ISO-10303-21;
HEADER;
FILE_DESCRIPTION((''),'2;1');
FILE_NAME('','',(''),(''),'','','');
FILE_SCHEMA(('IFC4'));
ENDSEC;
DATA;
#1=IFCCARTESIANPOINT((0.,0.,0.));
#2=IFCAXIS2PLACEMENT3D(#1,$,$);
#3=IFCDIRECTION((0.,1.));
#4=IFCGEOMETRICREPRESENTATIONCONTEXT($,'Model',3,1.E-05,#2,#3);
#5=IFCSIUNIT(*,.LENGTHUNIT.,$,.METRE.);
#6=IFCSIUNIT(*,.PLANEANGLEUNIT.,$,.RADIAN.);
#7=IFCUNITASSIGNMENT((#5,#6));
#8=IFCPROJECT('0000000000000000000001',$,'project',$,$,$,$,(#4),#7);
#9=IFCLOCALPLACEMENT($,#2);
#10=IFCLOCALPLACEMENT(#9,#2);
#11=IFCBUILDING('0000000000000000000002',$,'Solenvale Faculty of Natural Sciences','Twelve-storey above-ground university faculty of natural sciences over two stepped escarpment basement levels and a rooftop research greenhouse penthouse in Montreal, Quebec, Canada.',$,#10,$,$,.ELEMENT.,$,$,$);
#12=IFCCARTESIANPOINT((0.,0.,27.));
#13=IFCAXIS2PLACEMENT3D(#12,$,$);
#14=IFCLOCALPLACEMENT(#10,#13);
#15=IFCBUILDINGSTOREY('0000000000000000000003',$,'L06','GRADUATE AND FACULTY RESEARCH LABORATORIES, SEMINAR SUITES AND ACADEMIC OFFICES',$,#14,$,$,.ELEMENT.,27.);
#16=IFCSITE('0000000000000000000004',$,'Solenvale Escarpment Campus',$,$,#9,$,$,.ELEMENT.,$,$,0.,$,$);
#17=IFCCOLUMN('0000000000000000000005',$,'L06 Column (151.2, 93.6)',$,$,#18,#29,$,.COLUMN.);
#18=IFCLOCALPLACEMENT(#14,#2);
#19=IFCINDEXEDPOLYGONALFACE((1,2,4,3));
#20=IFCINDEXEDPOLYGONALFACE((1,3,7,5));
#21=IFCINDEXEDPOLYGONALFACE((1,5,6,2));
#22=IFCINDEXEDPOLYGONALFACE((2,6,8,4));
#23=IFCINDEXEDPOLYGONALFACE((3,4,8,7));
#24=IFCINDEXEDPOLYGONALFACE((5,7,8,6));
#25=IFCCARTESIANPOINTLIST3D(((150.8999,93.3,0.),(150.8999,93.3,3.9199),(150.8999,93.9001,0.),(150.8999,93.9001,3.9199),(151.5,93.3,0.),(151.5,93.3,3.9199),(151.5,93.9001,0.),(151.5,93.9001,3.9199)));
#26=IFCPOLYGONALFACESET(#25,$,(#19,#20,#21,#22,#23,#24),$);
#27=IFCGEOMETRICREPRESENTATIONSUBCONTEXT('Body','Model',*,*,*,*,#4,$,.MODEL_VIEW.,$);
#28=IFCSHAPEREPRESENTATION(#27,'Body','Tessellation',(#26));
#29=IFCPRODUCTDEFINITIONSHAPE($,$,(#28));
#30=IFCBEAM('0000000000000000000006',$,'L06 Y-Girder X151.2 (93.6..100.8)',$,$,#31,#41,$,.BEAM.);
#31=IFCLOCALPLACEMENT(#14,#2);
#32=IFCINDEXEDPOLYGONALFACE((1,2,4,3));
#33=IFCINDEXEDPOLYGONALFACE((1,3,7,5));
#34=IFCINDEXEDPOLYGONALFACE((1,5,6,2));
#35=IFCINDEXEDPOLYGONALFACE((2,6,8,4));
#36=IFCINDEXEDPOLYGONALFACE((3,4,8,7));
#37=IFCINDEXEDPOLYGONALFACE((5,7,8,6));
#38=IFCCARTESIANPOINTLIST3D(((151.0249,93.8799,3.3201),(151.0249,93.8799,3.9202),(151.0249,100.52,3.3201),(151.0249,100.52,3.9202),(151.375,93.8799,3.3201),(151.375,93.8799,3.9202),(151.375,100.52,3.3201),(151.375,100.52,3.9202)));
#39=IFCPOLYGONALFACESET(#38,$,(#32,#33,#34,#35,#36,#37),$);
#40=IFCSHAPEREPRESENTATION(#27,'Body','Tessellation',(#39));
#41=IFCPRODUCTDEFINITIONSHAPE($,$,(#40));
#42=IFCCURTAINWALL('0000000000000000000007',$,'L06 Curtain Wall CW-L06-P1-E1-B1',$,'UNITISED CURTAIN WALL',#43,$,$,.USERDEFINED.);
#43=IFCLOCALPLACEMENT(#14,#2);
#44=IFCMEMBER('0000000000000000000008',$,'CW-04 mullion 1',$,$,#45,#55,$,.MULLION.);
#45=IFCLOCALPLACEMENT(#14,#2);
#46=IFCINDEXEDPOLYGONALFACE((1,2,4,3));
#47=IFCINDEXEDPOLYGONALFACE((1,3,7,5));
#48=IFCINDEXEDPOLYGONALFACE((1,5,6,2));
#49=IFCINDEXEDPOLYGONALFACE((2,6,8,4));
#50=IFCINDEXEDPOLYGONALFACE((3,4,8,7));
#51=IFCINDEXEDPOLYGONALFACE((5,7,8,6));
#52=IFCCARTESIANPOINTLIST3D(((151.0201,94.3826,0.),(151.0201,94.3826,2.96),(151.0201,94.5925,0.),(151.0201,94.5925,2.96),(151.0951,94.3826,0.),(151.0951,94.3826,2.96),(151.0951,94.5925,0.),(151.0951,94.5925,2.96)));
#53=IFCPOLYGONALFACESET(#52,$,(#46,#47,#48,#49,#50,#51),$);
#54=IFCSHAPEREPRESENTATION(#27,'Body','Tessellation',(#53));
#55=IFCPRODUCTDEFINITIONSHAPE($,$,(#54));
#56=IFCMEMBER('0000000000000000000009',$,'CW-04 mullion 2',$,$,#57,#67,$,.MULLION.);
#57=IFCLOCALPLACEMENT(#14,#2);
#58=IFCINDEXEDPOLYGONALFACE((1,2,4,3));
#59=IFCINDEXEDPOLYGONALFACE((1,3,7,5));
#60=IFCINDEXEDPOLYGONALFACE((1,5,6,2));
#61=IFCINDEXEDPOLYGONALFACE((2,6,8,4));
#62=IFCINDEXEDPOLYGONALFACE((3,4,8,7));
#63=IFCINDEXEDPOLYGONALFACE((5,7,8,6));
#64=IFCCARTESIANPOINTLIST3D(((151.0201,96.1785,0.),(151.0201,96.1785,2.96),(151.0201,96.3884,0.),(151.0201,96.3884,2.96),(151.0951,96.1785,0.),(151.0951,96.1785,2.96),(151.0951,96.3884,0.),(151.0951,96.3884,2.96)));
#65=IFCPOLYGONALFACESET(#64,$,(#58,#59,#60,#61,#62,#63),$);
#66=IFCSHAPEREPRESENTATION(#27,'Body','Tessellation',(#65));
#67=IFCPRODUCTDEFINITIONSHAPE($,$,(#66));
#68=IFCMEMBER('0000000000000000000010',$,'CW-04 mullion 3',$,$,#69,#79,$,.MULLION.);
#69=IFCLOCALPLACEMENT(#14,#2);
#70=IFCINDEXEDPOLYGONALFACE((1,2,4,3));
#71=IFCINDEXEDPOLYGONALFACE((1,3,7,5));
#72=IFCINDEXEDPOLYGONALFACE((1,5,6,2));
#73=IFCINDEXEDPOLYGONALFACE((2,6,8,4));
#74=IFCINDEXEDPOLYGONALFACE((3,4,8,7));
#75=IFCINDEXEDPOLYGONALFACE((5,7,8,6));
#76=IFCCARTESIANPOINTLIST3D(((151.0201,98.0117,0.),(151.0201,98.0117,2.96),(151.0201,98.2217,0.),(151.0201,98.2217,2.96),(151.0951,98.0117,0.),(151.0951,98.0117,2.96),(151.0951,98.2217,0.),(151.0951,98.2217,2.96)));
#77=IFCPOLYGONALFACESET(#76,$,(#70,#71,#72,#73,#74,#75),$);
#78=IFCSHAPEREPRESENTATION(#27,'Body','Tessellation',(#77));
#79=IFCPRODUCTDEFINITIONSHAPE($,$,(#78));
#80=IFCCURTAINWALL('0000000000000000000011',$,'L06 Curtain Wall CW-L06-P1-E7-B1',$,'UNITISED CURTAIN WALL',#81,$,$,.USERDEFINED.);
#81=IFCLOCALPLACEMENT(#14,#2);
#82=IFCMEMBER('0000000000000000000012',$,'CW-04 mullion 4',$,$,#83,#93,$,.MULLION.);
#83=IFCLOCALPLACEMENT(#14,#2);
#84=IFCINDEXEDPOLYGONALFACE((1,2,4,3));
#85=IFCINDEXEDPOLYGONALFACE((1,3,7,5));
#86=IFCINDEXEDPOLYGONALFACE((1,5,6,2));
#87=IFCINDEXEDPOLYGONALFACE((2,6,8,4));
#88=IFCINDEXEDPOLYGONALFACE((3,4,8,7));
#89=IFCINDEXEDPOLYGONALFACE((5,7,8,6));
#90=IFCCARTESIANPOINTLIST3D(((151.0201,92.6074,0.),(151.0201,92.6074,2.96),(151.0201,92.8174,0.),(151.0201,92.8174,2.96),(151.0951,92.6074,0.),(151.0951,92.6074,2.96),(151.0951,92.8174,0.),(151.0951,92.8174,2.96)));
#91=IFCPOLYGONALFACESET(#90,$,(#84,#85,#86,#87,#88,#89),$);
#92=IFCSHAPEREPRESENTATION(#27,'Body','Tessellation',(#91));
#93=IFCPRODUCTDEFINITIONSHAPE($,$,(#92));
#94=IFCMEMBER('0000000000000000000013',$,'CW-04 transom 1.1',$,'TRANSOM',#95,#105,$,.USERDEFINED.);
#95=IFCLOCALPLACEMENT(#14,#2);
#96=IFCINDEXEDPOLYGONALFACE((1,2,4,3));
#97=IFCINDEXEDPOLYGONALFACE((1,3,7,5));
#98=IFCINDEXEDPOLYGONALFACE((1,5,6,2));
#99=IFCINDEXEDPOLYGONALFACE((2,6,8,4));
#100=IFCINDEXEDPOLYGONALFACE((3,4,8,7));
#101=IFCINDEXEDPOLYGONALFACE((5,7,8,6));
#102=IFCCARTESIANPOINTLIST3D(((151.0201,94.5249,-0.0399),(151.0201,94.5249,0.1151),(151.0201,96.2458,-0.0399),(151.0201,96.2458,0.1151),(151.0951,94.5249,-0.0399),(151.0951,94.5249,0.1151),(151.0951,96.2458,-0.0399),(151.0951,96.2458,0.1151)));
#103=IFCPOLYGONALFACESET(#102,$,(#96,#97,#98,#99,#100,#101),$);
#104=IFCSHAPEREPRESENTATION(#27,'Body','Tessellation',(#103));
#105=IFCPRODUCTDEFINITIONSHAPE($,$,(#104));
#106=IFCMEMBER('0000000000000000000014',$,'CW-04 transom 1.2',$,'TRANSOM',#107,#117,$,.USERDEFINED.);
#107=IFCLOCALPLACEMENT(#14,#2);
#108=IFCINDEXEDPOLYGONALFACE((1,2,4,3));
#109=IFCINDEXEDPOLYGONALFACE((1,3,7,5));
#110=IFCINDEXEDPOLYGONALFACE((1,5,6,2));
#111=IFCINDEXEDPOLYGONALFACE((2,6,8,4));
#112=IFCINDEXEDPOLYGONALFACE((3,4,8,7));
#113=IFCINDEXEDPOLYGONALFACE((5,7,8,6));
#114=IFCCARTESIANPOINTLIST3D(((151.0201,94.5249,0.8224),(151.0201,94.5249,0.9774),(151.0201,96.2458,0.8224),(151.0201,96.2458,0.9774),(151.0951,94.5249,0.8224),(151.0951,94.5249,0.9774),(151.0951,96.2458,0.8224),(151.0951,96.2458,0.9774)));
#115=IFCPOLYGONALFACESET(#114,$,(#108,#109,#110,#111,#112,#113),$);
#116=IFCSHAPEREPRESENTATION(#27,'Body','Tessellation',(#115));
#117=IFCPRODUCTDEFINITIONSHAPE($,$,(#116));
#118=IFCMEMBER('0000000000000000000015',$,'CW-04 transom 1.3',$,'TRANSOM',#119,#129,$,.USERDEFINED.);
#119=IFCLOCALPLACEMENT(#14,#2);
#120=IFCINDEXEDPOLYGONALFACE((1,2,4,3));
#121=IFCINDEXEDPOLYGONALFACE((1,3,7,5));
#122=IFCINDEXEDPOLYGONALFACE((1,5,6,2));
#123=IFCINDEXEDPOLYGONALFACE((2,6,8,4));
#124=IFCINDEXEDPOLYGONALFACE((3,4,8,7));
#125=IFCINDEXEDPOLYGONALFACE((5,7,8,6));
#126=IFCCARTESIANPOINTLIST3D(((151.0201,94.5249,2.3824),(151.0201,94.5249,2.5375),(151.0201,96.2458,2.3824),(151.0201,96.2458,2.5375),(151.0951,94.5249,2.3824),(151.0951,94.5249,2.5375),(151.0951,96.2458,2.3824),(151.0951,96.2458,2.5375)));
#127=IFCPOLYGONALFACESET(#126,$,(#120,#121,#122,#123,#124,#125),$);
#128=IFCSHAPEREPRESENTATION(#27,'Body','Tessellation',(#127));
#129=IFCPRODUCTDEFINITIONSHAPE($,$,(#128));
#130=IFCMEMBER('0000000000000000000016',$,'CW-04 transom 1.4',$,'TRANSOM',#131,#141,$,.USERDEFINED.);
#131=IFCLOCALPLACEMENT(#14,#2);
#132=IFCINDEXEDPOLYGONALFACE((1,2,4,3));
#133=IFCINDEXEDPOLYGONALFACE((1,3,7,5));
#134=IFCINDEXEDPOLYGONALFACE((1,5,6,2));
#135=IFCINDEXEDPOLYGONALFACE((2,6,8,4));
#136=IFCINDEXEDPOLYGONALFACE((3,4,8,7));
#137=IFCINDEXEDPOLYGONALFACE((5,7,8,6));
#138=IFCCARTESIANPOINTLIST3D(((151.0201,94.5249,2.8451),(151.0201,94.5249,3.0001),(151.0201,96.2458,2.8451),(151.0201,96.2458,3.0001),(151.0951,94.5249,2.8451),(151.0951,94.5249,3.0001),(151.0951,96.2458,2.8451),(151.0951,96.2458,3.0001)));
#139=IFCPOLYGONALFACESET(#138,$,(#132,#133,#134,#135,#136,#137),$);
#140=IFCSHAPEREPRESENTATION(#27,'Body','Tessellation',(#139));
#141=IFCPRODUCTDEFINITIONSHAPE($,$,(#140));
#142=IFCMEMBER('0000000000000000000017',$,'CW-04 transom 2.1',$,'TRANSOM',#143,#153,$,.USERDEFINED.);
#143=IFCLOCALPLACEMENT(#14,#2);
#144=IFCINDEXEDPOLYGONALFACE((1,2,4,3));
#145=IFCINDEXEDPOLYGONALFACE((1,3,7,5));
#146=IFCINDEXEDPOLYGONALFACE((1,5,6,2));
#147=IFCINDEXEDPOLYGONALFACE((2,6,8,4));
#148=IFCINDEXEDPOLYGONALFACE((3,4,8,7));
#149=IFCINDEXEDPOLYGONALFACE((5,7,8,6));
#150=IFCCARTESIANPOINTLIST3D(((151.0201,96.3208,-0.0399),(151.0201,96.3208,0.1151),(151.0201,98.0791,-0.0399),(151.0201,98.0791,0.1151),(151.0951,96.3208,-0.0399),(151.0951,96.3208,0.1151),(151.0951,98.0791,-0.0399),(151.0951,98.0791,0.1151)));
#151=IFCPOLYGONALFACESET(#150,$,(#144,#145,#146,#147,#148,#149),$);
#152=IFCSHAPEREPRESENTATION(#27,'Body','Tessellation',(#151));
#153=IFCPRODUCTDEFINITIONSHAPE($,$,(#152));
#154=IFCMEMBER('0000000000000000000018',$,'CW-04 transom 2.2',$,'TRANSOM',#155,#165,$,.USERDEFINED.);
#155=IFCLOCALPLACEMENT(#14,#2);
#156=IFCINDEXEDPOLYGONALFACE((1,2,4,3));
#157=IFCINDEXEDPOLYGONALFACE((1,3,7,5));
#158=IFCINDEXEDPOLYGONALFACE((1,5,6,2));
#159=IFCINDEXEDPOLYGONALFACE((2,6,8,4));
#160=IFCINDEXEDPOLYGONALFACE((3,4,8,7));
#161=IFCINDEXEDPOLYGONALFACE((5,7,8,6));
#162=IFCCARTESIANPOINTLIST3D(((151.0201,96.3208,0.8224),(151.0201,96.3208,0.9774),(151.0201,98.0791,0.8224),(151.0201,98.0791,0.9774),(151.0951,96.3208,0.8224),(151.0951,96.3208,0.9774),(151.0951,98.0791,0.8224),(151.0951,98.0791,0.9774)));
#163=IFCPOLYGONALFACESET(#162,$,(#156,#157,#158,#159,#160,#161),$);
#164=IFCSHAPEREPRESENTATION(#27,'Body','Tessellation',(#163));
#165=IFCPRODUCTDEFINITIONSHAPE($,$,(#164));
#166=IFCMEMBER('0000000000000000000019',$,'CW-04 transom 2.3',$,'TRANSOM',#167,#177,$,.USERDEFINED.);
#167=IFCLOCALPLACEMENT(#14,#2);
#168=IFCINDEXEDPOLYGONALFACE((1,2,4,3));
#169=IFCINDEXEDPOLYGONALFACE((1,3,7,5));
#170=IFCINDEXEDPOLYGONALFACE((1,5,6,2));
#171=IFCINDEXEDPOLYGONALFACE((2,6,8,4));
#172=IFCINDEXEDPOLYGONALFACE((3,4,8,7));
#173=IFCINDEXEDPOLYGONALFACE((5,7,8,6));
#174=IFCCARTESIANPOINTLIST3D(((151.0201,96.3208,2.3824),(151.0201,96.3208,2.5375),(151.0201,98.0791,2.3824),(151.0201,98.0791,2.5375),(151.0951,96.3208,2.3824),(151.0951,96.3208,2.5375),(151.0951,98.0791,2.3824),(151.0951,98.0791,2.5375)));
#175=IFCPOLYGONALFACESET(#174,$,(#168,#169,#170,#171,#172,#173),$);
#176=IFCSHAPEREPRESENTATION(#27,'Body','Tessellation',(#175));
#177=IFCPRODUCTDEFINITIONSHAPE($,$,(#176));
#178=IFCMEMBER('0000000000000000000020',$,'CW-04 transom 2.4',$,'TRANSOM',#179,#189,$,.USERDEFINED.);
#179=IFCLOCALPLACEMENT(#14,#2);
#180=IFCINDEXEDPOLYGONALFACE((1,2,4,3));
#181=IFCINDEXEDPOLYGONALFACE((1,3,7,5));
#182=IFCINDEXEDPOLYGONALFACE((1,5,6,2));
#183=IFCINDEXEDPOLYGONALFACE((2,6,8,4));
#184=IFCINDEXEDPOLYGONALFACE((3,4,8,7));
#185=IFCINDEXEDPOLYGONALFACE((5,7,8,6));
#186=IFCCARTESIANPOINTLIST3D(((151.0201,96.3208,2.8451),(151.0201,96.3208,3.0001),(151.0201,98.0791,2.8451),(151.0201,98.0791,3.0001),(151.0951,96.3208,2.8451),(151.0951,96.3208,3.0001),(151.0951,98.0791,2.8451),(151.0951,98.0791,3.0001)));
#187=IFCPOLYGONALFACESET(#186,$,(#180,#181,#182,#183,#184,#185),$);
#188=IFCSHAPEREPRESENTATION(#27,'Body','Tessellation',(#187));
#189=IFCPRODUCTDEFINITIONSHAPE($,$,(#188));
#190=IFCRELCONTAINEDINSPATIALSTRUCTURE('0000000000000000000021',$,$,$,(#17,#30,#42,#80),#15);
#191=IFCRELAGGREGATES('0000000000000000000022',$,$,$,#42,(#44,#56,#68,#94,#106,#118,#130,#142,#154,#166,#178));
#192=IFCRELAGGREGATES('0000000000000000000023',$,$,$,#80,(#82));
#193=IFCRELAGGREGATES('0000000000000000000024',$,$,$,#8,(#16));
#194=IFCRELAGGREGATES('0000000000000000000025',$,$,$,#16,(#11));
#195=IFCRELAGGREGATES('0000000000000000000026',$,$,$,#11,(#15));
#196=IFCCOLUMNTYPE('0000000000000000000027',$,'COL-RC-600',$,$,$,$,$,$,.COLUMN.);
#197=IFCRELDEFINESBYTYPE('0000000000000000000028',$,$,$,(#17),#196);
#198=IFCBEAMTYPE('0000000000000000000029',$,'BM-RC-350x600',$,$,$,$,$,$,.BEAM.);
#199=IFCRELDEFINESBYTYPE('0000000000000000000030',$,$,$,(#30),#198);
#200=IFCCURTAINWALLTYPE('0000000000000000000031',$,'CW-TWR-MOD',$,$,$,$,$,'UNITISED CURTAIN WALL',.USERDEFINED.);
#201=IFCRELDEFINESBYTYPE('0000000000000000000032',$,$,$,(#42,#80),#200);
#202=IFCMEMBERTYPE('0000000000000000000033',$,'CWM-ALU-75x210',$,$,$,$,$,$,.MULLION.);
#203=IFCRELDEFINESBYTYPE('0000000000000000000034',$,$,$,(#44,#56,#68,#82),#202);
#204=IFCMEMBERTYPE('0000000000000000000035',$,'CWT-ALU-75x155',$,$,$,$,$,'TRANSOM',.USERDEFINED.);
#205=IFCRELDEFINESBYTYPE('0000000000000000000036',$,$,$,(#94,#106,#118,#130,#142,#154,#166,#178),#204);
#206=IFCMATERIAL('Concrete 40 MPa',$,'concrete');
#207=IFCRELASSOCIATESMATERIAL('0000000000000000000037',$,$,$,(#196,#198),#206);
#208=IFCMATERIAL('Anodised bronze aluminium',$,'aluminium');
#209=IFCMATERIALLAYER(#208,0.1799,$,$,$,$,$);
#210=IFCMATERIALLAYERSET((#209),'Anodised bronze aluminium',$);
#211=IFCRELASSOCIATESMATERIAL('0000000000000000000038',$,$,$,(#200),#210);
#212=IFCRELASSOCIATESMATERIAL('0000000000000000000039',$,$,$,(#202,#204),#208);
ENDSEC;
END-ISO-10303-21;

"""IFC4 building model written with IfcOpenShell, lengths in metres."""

from ifc_helpers import new_model, si_unit, direction, frame, origin, origin_2d, place, context, subcontext, project, spatial, rectangle, extrude, material, layer, layer_set, material_profile, profile_set, type_object, element, aggregate, save


model = new_model("IFC4")

# Units and contexts
model_context = context("Model", 3, precision=1e-05, world=origin(), true_north=direction((0.0, 1.0)))
body_context = subcontext(model_context, "Body", "Model", "MODEL_VIEW")
ifc_project = project(units=[si_unit("LENGTHUNIT", "METRE"), si_unit("PLANEANGLEUNIT", "RADIAN")], contexts=[model_context])

# Site, building, storey
site_placement = place(None, origin())
site = spatial("IfcSite", under=ifc_project, at=site_placement, Name="Solenvale Escarpment Campus", CompositionType="ELEMENT", RefElevation=0.0)
building_placement = place(site_placement, origin())
building = spatial("IfcBuilding", under=site, at=building_placement, Name="Solenvale Faculty of Natural Sciences", Description="Twelve-storey above-ground university faculty of natural sciences over two stepped escarpment basement levels and a rooftop research greenhouse penthouse in Montreal, Quebec, Canada.", CompositionType="ELEMENT")
storey_placement = place(building_placement, frame((0.0, 0.0, 27.0)))
storey = spatial("IfcBuildingStorey", under=building, at=storey_placement, Name="L06", Description="GRADUATE AND FACULTY RESEARCH LABORATORIES, SEMINAR SUITES AND ACADEMIC OFFICES", CompositionType="ELEMENT", Elevation=27.0)

# Column
ifc_material_1 = material(Name="Concrete 40 MPa", Category="concrete")
ifc_material_profile_1 = material_profile(ifc_material_1, rectangle(XDim=0.6001, YDim=0.6001, at=origin_2d()), Name="RC-COL-600x600")
ifc_profile_set_1 = profile_set([ifc_material_profile_1], Name="Concrete 40 MPa")
column_type = type_object("IfcColumnType", Name="COL-RC-600", PredefinedType="COLUMN", material=ifc_profile_set_1)
column_placement = place(storey_placement, frame((151.2, 93.6001, 0.0), z_axis=(0.0, 0.0, 1.0), x_axis=(1.0, 0.0, 0.0)))
element("IfcColumn", 1, at=column_placement, inside=storey, type_object=column_type, Name="L06 Column (151.2, 93.6)", PredefinedType="COLUMN", context=body_context, shape_type="SweptSolid", body=[
    extrude(rectangle(XDim=0.6001, YDim=0.6001, at=origin_2d()), origin(), (0.0, 0.0, 1.0), 3.9199),
])

# Beam
ifc_material_profile_2 = material_profile(ifc_material_1, rectangle(XDim=0.3501, YDim=0.6001, at=origin_2d()), Name="RC-BM-350x600")
ifc_profile_set_2 = profile_set([ifc_material_profile_2], Name="Concrete 40 MPa")
beam_type = type_object("IfcBeamType", Name="BM-RC-350x600", PredefinedType="BEAM", material=ifc_profile_set_2)
beam_placement = place(storey_placement, frame((151.2, 93.8799, 3.6201), z_axis=(0.0, 1.0, 0.0), x_axis=(-1.0, 0.0, 0.0)))
element("IfcBeam", 2, at=beam_placement, inside=storey, type_object=beam_type, Name="L06 Y-Girder X151.2 (93.6..100.8)", PredefinedType="BEAM", context=body_context, shape_type="SweptSolid", body=[
    extrude(rectangle(XDim=0.3501, YDim=0.6001, at=origin_2d()), origin(), (0.0, 0.0, 1.0), 6.6401),
])

# Curtain wall, members
ifc_material_2 = material(Name="Anodised bronze aluminium", Category="aluminium")
ifc_layer_1 = layer(ifc_material_2, 0.1799)
ifc_layer_set_1 = layer_set([ifc_layer_1], Name="Anodised bronze aluminium")
curtain_wall_type = type_object("IfcCurtainWallType", Name="CW-TWR-MOD", ElementType="UNITISED CURTAIN WALL", PredefinedType="USERDEFINED", material=ifc_layer_set_1)
curtain_wall_1_placement = place(storey_placement, origin())
curtain_wall_1 = element("IfcCurtainWall", 3, at=curtain_wall_1_placement, inside=storey, type_object=curtain_wall_type, Name="L06 Curtain Wall CW-L06-P1-E1-B1", ObjectType="UNITISED CURTAIN WALL", PredefinedType="USERDEFINED")
ifc_material_profile_3 = material_profile(ifc_material_2, rectangle(XDim=0.075, YDim=0.21, at=origin_2d()), Name="ALU-MUL-75x210")
ifc_profile_set_3 = profile_set([ifc_material_profile_3], Name="Anodised bronze aluminium")
member_type_1 = type_object("IfcMemberType", Name="CWM-ALU-75x210", PredefinedType="MULLION", material=ifc_profile_set_3)
member_1_placement = place(storey_placement, frame((151.0576, 94.4875, 0.0), z_axis=(0.0, 0.0, 1.0), x_axis=(-1.0, 0.0, 0.0)))
member_1 = element("IfcMember", 4, at=member_1_placement, type_object=member_type_1, Name="CW-04 mullion 1", PredefinedType="MULLION", context=body_context, shape_type="SweptSolid", body=[
    extrude(rectangle(XDim=0.075, YDim=0.21, at=origin_2d()), origin(), (0.0, 0.0, 1.0), 2.96),
])
member_2_placement = place(storey_placement, frame((151.0576, 96.2834, 0.0), z_axis=(0.0, 0.0, 1.0), x_axis=(-1.0, 0.0, 0.0)))
member_2 = element("IfcMember", 5, at=member_2_placement, type_object=member_type_1, Name="CW-04 mullion 2", PredefinedType="MULLION", context=body_context, shape_type="SweptSolid", body=[
    extrude(rectangle(XDim=0.075, YDim=0.21, at=origin_2d()), origin(), (0.0, 0.0, 1.0), 2.96),
])
member_3_placement = place(storey_placement, frame((151.0576, 98.1167, 0.0), z_axis=(0.0, 0.0, 1.0), x_axis=(-1.0, 0.0, 0.0)))
member_3 = element("IfcMember", 6, at=member_3_placement, type_object=member_type_1, Name="CW-04 mullion 3", PredefinedType="MULLION", context=body_context, shape_type="SweptSolid", body=[
    extrude(rectangle(XDim=0.075, YDim=0.21, at=origin_2d()), origin(), (0.0, 0.0, 1.0), 2.96),
])

# Curtain wall, member
curtain_wall_2_placement = place(storey_placement, origin())
curtain_wall_2 = element("IfcCurtainWall", 7, at=curtain_wall_2_placement, inside=storey, type_object=curtain_wall_type, Name="L06 Curtain Wall CW-L06-P1-E7-B1", ObjectType="UNITISED CURTAIN WALL", PredefinedType="USERDEFINED")
member_4_placement = place(storey_placement, frame((151.0576, 92.7124, 0.0), z_axis=(0.0, 0.0, 1.0), x_axis=(-1.0, 0.0, 0.0)))
member_4 = element("IfcMember", 8, at=member_4_placement, type_object=member_type_1, Name="CW-04 mullion 4", PredefinedType="MULLION", context=body_context, shape_type="SweptSolid", body=[
    extrude(rectangle(XDim=0.075, YDim=0.21, at=origin_2d()), origin(), (0.0, 0.0, 1.0), 2.96),
])

# Members
ifc_material_profile_4 = material_profile(ifc_material_2, rectangle(XDim=0.075, YDim=0.155, at=origin_2d()), Name="ALU-TRN-75x155")
ifc_profile_set_4 = profile_set([ifc_material_profile_4], Name="Anodised bronze aluminium")
member_type_2 = type_object("IfcMemberType", Name="CWT-ALU-75x155", ElementType="TRANSOM", PredefinedType="USERDEFINED", material=ifc_profile_set_4)
member_5_placement = place(storey_placement, frame((151.0576, 94.5249, 0.0376), z_axis=(0.0, 1.0, 0.0), x_axis=(-1.0, 0.0, 0.0)))
member_5 = element("IfcMember", 9, at=member_5_placement, type_object=member_type_2, Name="CW-04 transom 1.1", ObjectType="TRANSOM", PredefinedType="USERDEFINED", context=body_context, shape_type="SweptSolid", body=[
    extrude(rectangle(XDim=0.075, YDim=0.155, at=origin_2d()), origin(), (0.0, 0.0, 1.0), 1.7209),
])
member_6_placement = place(storey_placement, frame((151.0576, 94.5249, 0.8999), z_axis=(0.0, 1.0, 0.0), x_axis=(-1.0, 0.0, 0.0)))
member_6 = element("IfcMember", 10, at=member_6_placement, type_object=member_type_2, Name="CW-04 transom 1.2", ObjectType="TRANSOM", PredefinedType="USERDEFINED", context=body_context, shape_type="SweptSolid", body=[
    extrude(rectangle(XDim=0.075, YDim=0.155, at=origin_2d()), origin(), (0.0, 0.0, 1.0), 1.7209),
])
member_7_placement = place(storey_placement, frame((151.0576, 94.5249, 2.46), z_axis=(0.0, 1.0, 0.0), x_axis=(-1.0, 0.0, 0.0)))
member_7 = element("IfcMember", 11, at=member_7_placement, type_object=member_type_2, Name="CW-04 transom 1.3", ObjectType="TRANSOM", PredefinedType="USERDEFINED", context=body_context, shape_type="SweptSolid", body=[
    extrude(rectangle(XDim=0.075, YDim=0.155, at=origin_2d()), origin(), (0.0, 0.0, 1.0), 1.7209),
])
member_8_placement = place(storey_placement, frame((151.0576, 94.5249, 2.9226), z_axis=(0.0, 1.0, 0.0), x_axis=(-1.0, 0.0, 0.0)))
member_8 = element("IfcMember", 12, at=member_8_placement, type_object=member_type_2, Name="CW-04 transom 1.4", ObjectType="TRANSOM", PredefinedType="USERDEFINED", context=body_context, shape_type="SweptSolid", body=[
    extrude(rectangle(XDim=0.075, YDim=0.155, at=origin_2d()), origin(), (0.0, 0.0, 1.0), 1.7209),
])
member_9_placement = place(storey_placement, frame((151.0576, 96.3208, 0.0376), z_axis=(0.0, 1.0, 0.0), x_axis=(-1.0, 0.0, 0.0)))
member_9 = element("IfcMember", 13, at=member_9_placement, type_object=member_type_2, Name="CW-04 transom 2.1", ObjectType="TRANSOM", PredefinedType="USERDEFINED", context=body_context, shape_type="SweptSolid", body=[
    extrude(rectangle(XDim=0.075, YDim=0.155, at=origin_2d()), origin(), (0.0, 0.0, 1.0), 1.7583),
])
member_10_placement = place(storey_placement, frame((151.0576, 96.3208, 0.8999), z_axis=(0.0, 1.0, 0.0), x_axis=(-1.0, 0.0, 0.0)))
member_10 = element("IfcMember", 14, at=member_10_placement, type_object=member_type_2, Name="CW-04 transom 2.2", ObjectType="TRANSOM", PredefinedType="USERDEFINED", context=body_context, shape_type="SweptSolid", body=[
    extrude(rectangle(XDim=0.075, YDim=0.155, at=origin_2d()), origin(), (0.0, 0.0, 1.0), 1.7583),
])
member_11_placement = place(storey_placement, frame((151.0576, 96.3208, 2.46), z_axis=(0.0, 1.0, 0.0), x_axis=(-1.0, 0.0, 0.0)))
member_11 = element("IfcMember", 15, at=member_11_placement, type_object=member_type_2, Name="CW-04 transom 2.3", ObjectType="TRANSOM", PredefinedType="USERDEFINED", context=body_context, shape_type="SweptSolid", body=[
    extrude(rectangle(XDim=0.075, YDim=0.155, at=origin_2d()), origin(), (0.0, 0.0, 1.0), 1.7583),
])
member_12_placement = place(storey_placement, frame((151.0576, 96.3208, 2.9226), z_axis=(0.0, 1.0, 0.0), x_axis=(-1.0, 0.0, 0.0)))
member_12 = element("IfcMember", 16, at=member_12_placement, type_object=member_type_2, Name="CW-04 transom 2.4", ObjectType="TRANSOM", PredefinedType="USERDEFINED", context=body_context, shape_type="SweptSolid", body=[
    extrude(rectangle(XDim=0.075, YDim=0.155, at=origin_2d()), origin(), (0.0, 0.0, 1.0), 1.7583),
])

aggregate(curtain_wall_1, [member_1, member_2, member_3, member_5, member_6, member_7, member_8, member_9, member_10, member_11, member_12])
aggregate(curtain_wall_2, [member_4])

save(model, "model.ifc")
